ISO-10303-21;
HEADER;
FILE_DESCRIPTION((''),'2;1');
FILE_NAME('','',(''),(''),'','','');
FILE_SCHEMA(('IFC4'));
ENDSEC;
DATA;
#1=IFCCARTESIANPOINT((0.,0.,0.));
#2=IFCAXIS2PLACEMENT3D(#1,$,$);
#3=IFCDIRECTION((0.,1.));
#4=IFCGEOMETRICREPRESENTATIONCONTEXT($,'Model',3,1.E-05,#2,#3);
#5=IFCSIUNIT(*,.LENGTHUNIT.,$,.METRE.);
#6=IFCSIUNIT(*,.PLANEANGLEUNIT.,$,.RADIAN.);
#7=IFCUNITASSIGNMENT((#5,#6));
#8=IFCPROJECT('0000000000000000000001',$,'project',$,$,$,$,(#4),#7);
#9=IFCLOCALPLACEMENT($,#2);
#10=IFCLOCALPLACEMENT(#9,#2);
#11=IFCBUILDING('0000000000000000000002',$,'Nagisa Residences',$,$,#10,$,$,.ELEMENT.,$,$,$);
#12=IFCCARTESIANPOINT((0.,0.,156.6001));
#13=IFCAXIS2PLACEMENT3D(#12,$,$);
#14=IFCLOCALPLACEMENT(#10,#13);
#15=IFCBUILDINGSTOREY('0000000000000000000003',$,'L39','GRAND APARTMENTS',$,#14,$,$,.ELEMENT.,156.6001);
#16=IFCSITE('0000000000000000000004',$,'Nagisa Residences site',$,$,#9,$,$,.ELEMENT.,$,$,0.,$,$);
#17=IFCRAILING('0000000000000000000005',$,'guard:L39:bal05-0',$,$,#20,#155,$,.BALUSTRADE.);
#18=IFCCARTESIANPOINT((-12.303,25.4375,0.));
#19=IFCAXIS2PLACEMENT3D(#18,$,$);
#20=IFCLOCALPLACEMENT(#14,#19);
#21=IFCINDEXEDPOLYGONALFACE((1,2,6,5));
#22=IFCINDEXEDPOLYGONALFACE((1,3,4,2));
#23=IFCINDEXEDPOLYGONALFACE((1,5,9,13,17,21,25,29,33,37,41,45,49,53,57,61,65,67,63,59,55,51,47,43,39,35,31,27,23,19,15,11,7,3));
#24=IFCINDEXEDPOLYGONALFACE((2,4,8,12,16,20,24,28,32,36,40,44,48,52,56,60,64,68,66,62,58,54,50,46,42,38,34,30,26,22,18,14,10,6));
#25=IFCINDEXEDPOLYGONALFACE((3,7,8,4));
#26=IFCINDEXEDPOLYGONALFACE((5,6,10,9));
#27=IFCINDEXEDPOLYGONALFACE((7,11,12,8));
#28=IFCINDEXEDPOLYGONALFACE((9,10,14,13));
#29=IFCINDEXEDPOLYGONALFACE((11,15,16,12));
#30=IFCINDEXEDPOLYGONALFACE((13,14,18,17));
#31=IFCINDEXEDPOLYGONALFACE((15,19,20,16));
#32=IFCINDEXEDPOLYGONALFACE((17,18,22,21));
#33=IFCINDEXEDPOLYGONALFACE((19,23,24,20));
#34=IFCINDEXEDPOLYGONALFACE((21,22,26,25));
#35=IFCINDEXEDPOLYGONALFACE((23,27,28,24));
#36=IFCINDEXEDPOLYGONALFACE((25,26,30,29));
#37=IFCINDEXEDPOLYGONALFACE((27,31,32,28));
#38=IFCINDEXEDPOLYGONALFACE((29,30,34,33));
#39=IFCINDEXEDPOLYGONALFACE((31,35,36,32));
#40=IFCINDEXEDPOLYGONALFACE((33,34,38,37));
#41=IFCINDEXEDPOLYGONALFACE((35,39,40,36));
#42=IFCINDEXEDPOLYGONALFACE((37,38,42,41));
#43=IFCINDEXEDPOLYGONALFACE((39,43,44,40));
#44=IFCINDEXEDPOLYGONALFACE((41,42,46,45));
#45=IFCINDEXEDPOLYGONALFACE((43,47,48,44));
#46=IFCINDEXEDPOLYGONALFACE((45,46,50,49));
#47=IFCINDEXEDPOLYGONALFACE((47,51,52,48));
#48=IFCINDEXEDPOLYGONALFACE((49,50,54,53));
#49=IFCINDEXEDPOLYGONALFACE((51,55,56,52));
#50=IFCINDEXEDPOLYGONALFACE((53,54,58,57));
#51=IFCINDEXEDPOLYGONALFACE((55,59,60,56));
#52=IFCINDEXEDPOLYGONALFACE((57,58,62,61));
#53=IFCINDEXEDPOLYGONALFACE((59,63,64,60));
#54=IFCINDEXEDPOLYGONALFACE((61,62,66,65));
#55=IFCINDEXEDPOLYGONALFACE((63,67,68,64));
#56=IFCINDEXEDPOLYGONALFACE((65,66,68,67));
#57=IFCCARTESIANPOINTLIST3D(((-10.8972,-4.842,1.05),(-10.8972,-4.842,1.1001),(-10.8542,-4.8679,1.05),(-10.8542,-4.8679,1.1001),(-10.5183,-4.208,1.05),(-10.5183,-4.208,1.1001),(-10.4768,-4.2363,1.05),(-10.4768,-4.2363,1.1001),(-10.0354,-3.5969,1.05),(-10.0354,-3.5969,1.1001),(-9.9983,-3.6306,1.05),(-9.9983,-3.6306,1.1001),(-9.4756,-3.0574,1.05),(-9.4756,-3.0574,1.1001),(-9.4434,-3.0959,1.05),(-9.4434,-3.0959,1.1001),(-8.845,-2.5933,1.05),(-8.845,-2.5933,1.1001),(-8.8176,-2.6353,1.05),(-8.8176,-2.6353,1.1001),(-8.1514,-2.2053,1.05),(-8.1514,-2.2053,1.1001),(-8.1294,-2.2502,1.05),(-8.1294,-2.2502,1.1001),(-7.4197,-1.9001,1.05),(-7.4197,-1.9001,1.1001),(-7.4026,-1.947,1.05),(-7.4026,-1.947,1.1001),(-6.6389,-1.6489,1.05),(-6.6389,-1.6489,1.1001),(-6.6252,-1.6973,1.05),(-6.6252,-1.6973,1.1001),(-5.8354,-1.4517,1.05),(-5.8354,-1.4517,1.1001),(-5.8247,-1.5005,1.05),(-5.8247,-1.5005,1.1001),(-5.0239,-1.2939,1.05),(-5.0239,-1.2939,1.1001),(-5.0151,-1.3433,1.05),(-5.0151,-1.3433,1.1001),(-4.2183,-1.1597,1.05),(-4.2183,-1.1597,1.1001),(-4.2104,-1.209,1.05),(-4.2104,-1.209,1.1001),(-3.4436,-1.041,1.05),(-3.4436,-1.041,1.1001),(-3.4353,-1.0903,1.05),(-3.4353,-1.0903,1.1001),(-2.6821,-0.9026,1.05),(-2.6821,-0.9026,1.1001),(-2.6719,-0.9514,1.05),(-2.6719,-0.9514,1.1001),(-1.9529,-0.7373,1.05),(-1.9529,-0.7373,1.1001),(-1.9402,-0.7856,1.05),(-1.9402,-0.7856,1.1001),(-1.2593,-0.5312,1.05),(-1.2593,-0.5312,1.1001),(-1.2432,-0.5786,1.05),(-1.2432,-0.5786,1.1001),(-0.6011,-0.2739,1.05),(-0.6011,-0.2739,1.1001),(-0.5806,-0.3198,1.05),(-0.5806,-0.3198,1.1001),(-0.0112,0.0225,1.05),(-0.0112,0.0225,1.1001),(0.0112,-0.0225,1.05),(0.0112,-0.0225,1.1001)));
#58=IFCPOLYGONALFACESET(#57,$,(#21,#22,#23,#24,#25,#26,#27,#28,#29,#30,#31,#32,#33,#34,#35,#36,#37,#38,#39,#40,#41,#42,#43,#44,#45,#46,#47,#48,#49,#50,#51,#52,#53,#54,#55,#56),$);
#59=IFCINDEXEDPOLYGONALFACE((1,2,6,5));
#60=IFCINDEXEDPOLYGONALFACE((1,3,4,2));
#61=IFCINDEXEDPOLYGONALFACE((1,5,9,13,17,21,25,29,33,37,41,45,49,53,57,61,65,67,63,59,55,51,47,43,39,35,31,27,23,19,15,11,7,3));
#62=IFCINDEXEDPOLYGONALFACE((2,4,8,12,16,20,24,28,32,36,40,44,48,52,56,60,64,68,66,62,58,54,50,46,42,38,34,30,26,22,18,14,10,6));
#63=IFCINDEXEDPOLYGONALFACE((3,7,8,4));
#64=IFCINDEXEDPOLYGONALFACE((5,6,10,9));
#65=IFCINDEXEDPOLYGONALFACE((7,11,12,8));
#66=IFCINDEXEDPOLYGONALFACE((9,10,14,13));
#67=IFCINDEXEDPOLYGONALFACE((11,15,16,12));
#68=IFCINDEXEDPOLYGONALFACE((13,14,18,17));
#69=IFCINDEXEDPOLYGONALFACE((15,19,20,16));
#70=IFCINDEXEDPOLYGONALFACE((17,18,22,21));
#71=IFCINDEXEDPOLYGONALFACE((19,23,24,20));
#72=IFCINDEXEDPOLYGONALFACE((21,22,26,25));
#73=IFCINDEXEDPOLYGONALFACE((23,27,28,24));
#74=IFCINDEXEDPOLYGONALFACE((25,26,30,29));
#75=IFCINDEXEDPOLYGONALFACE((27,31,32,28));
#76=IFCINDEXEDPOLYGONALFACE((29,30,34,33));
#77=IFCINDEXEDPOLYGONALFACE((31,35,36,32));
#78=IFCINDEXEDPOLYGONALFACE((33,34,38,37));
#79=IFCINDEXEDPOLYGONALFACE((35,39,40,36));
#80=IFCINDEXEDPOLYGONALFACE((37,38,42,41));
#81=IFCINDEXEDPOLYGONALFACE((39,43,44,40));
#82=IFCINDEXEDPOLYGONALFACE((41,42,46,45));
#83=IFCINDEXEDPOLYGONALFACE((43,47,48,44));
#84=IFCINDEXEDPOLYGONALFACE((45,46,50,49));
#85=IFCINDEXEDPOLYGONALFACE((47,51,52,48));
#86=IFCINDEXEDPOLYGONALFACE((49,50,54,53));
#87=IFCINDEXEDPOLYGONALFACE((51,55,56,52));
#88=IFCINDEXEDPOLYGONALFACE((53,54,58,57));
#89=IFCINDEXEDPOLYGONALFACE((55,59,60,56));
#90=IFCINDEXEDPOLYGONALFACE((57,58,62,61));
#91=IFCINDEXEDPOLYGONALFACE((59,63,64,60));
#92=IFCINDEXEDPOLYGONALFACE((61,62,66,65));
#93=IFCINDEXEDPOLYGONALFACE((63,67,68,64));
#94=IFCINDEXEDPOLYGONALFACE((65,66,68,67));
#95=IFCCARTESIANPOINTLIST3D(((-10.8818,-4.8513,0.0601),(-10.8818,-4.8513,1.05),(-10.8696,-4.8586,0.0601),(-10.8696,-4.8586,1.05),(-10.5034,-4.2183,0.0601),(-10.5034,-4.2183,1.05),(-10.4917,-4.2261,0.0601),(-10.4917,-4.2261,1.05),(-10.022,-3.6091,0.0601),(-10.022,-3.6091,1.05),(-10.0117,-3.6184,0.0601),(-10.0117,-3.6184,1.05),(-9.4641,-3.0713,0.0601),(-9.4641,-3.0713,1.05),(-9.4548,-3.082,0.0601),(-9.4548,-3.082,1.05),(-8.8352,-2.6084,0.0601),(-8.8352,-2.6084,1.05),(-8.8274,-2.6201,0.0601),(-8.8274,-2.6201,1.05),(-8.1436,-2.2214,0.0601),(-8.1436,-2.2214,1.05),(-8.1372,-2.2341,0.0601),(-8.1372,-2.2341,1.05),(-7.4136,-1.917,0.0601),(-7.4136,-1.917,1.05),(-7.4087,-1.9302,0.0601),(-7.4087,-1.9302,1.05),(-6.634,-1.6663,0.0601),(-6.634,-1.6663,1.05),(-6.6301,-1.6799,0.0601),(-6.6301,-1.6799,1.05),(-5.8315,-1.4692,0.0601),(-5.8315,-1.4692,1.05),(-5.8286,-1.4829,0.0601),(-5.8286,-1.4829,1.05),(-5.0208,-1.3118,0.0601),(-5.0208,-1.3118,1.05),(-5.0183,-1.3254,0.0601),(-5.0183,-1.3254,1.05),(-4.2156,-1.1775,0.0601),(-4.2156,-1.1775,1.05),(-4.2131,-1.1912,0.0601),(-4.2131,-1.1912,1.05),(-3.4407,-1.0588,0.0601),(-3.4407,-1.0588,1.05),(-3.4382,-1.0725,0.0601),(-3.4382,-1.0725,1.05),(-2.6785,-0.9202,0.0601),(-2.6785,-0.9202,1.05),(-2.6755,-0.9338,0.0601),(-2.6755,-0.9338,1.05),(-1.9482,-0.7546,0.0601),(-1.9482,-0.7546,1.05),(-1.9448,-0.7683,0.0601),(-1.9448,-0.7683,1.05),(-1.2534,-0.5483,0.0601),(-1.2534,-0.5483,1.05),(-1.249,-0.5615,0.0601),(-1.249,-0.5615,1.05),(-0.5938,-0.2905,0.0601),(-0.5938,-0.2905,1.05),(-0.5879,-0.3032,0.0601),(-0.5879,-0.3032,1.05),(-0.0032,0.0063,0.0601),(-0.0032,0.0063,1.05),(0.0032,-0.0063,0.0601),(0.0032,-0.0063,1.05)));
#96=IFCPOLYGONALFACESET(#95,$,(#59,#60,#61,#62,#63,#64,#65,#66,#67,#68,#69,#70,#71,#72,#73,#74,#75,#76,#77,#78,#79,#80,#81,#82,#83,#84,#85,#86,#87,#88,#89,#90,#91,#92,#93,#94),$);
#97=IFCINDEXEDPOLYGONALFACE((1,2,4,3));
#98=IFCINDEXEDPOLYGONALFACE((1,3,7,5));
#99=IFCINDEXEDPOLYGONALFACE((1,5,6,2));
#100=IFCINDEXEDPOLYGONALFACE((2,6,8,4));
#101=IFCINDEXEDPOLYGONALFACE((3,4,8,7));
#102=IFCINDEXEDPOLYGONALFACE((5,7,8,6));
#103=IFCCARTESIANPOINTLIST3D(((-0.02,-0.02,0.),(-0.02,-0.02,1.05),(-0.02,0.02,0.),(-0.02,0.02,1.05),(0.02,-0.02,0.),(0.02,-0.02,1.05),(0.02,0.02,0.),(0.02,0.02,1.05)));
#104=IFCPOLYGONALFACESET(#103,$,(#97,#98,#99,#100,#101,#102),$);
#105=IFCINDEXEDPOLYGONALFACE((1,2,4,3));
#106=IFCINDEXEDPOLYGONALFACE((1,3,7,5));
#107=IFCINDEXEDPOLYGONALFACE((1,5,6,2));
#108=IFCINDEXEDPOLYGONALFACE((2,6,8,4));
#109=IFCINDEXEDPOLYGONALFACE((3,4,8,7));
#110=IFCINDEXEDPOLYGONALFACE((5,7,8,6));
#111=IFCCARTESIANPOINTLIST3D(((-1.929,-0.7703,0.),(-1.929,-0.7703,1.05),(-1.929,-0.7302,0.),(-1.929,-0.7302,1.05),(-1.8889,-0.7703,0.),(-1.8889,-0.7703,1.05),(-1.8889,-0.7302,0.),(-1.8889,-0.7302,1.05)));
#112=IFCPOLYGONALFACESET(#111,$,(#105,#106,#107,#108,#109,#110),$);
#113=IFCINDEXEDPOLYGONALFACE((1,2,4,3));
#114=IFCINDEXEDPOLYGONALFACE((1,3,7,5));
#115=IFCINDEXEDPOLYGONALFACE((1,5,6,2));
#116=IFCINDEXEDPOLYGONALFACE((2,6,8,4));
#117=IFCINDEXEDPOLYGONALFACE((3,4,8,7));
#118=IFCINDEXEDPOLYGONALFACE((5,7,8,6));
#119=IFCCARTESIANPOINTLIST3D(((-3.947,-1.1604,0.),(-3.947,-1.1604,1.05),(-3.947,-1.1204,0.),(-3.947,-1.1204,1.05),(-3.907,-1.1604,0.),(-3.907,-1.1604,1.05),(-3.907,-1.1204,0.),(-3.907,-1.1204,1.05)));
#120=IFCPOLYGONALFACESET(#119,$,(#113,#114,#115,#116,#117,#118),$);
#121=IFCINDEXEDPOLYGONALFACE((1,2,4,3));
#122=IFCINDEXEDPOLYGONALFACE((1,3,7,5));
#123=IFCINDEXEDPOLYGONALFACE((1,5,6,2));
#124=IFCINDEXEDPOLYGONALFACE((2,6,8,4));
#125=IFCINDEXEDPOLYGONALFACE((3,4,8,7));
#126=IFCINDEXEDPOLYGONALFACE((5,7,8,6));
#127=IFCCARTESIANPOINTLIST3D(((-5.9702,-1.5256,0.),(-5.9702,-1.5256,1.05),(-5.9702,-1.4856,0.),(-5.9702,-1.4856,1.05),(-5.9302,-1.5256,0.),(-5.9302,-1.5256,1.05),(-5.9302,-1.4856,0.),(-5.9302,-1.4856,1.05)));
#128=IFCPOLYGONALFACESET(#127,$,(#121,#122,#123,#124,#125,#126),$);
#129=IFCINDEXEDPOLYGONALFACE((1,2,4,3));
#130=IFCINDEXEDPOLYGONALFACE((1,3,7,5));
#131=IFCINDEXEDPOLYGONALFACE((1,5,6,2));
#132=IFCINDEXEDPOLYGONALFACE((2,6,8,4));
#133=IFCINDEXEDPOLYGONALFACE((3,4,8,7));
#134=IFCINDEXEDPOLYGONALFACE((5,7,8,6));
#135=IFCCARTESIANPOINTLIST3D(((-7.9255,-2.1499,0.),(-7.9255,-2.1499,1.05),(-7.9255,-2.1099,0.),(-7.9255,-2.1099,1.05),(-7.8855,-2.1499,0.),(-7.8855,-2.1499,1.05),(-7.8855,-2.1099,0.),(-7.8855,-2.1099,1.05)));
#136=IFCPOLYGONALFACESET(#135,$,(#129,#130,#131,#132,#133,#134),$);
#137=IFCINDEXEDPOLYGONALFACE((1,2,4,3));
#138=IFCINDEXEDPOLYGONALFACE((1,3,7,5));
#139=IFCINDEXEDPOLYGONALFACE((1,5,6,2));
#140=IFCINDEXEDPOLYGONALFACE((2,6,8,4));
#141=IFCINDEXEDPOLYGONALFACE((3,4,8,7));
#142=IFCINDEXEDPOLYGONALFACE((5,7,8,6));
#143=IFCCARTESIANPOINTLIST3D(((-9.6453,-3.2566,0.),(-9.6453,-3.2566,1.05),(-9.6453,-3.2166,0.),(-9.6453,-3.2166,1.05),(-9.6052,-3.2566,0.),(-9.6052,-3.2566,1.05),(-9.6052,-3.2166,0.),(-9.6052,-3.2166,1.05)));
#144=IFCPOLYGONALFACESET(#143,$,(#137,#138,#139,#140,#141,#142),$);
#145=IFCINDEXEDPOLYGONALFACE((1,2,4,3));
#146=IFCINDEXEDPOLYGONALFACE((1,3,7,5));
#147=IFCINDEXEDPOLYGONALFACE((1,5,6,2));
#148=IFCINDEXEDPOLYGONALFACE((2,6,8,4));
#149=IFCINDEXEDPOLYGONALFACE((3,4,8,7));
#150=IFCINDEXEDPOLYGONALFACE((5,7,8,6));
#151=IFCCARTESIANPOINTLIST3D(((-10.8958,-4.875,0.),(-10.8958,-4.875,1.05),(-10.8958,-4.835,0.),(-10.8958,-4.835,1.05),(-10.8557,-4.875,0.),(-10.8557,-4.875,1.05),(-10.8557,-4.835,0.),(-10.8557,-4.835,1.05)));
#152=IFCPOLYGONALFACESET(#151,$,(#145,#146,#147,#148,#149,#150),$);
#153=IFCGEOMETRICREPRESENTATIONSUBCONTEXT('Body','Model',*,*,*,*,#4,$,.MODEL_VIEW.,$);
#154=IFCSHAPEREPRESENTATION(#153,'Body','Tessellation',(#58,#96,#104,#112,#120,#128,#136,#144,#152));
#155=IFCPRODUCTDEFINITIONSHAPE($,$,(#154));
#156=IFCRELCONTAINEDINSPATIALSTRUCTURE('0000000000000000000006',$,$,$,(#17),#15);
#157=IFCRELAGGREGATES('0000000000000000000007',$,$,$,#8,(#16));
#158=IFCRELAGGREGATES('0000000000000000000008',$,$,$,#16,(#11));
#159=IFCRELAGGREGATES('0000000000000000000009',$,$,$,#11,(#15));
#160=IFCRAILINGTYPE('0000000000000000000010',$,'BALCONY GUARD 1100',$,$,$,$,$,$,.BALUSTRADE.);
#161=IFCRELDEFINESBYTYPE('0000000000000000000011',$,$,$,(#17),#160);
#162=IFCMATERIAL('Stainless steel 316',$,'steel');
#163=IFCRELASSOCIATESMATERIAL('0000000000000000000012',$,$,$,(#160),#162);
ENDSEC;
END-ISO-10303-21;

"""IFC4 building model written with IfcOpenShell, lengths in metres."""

from ifc_helpers import new_model, si_unit, direction, frame, origin, origin_2d, place, context, subcontext, project, spatial, polyline, rectangle, outline, extrude, material, type_object, element, save


model = new_model("IFC4")

# Units and contexts
model_context = context("Model", 3, precision=1e-05, world=origin(), true_north=direction((0.0, 1.0)))
body_context = subcontext(model_context, "Body", "Model", "MODEL_VIEW")
ifc_project = project(units=[si_unit("LENGTHUNIT", "METRE"), si_unit("PLANEANGLEUNIT", "RADIAN")], contexts=[model_context])

# Site, building, storey
site_placement = place(None, origin())
site = spatial("IfcSite", under=ifc_project, at=site_placement, Name="Nagisa Residences site", CompositionType="ELEMENT", RefElevation=0.0)
building_placement = place(site_placement, origin())
building = spatial("IfcBuilding", under=site, at=building_placement, Name="Nagisa Residences", CompositionType="ELEMENT")
storey_placement = place(building_placement, frame((0.0, 0.0, 156.6001)))
storey = spatial("IfcBuildingStorey", under=building, at=storey_placement, Name="L39", Description="GRAND APARTMENTS", CompositionType="ELEMENT", Elevation=156.6001)

# Railing
ifc_material_1 = material(Name="Stainless steel 316", Category="steel")
railing_type = type_object("IfcRailingType", Name="BALCONY GUARD 1100", PredefinedType="BALUSTRADE", material=ifc_material_1)
railing_1_placement = place(storey_placement, frame((-12.303, 25.4375, 0.0)))
element("IfcRailing", 1, at=railing_1_placement, inside=storey, type_object=railing_type, Name="guard:L39:bal05-0", PredefinedType="BALUSTRADE", context=body_context, shape_type="SweptSolid", body=[
    extrude(outline(polyline([(-0.5806, -0.3198), (0.0112, -0.0225), (-0.0112, 0.0225), (-0.6011, -0.2739), (-1.2593, -0.5312), (-1.9529, -0.7373), (-2.6821, -0.9026), (-3.4436, -1.041), (-4.2183, -1.1597), (-5.0239, -1.2939), (-5.8354, -1.4517), (-6.6389, -1.6489), (-7.4197, -1.9001), (-8.1514, -2.2053), (-8.845, -2.5933), (-9.4756, -3.0574), (-10.0354, -3.5969), (-10.5183, -4.208), (-10.8972, -4.842), (-10.8542, -4.8679), (-10.4768, -4.2363), (-9.9983, -3.6306), (-9.4434, -3.0959), (-8.8176, -2.6353), (-8.1294, -2.2502), (-7.4026, -1.947), (-6.6252, -1.6973), (-5.8247, -1.5005), (-5.0151, -1.3433), (-4.2104, -1.209), (-3.4353, -1.0903), (-2.6719, -0.9514), (-1.9402, -0.7856), (-1.2432, -0.5786), (-0.5806, -0.3198)])), frame((0.0, 0.0, 1.05)), (0.0, 0.0, 1.0), 0.05),
    extrude(outline(polyline([(-0.5879, -0.3032), (0.0032, -0.0063), (-0.0032, 0.0063), (-0.5938, -0.2905), (-1.2534, -0.5483), (-1.9482, -0.7546), (-2.6785, -0.9202), (-3.4407, -1.0588), (-4.2156, -1.1775), (-5.0208, -1.3118), (-5.8315, -1.4692), (-6.634, -1.6663), (-7.4136, -1.917), (-8.1436, -2.2214), (-8.8352, -2.6084), (-9.4641, -3.0713), (-10.022, -3.6091), (-10.5034, -4.2183), (-10.8818, -4.8513), (-10.8696, -4.8586), (-10.4917, -4.2261), (-10.0117, -3.6184), (-9.4548, -3.082), (-8.8274, -2.6201), (-8.1372, -2.2341), (-7.4087, -1.9302), (-6.6301, -1.6799), (-5.8286, -1.4829), (-5.0183, -1.3254), (-4.2131, -1.1912), (-3.4382, -1.0725), (-2.6755, -0.9338), (-1.9448, -0.7683), (-1.249, -0.5615), (-0.5879, -0.3032)])), frame((0.0, 0.0, 0.0601)), (0.0, 0.0, 1.0), 0.99),
    extrude(rectangle(XDim=0.04, YDim=0.04, at=origin_2d()), origin(), (0.0, 0.0, 1.0), 1.05),
    extrude(rectangle(XDim=0.04, YDim=0.04, at=origin_2d()), frame((-1.9089, -0.7502, 0.0)), (0.0, 0.0, 1.0), 1.05),
    extrude(rectangle(XDim=0.04, YDim=0.04, at=origin_2d()), frame((-3.927, -1.1404, 0.0)), (0.0, 0.0, 1.0), 1.05),
    extrude(rectangle(XDim=0.04, YDim=0.04, at=origin_2d()), frame((-5.9502, -1.5056, 0.0)), (0.0, 0.0, 1.0), 1.05),
    extrude(rectangle(XDim=0.04, YDim=0.04, at=origin_2d()), frame((-7.9055, -2.1299, 0.0)), (0.0, 0.0, 1.0), 1.05),
    extrude(rectangle(XDim=0.04, YDim=0.04, at=origin_2d()), frame((-9.6252, -3.2366, 0.0)), (0.0, 0.0, 1.0), 1.05),
    extrude(rectangle(XDim=0.04, YDim=0.04, at=origin_2d()), frame((-10.8757, -4.855, 0.0)), (0.0, 0.0, 1.0), 1.05),
])

save(model, "model.ifc")
